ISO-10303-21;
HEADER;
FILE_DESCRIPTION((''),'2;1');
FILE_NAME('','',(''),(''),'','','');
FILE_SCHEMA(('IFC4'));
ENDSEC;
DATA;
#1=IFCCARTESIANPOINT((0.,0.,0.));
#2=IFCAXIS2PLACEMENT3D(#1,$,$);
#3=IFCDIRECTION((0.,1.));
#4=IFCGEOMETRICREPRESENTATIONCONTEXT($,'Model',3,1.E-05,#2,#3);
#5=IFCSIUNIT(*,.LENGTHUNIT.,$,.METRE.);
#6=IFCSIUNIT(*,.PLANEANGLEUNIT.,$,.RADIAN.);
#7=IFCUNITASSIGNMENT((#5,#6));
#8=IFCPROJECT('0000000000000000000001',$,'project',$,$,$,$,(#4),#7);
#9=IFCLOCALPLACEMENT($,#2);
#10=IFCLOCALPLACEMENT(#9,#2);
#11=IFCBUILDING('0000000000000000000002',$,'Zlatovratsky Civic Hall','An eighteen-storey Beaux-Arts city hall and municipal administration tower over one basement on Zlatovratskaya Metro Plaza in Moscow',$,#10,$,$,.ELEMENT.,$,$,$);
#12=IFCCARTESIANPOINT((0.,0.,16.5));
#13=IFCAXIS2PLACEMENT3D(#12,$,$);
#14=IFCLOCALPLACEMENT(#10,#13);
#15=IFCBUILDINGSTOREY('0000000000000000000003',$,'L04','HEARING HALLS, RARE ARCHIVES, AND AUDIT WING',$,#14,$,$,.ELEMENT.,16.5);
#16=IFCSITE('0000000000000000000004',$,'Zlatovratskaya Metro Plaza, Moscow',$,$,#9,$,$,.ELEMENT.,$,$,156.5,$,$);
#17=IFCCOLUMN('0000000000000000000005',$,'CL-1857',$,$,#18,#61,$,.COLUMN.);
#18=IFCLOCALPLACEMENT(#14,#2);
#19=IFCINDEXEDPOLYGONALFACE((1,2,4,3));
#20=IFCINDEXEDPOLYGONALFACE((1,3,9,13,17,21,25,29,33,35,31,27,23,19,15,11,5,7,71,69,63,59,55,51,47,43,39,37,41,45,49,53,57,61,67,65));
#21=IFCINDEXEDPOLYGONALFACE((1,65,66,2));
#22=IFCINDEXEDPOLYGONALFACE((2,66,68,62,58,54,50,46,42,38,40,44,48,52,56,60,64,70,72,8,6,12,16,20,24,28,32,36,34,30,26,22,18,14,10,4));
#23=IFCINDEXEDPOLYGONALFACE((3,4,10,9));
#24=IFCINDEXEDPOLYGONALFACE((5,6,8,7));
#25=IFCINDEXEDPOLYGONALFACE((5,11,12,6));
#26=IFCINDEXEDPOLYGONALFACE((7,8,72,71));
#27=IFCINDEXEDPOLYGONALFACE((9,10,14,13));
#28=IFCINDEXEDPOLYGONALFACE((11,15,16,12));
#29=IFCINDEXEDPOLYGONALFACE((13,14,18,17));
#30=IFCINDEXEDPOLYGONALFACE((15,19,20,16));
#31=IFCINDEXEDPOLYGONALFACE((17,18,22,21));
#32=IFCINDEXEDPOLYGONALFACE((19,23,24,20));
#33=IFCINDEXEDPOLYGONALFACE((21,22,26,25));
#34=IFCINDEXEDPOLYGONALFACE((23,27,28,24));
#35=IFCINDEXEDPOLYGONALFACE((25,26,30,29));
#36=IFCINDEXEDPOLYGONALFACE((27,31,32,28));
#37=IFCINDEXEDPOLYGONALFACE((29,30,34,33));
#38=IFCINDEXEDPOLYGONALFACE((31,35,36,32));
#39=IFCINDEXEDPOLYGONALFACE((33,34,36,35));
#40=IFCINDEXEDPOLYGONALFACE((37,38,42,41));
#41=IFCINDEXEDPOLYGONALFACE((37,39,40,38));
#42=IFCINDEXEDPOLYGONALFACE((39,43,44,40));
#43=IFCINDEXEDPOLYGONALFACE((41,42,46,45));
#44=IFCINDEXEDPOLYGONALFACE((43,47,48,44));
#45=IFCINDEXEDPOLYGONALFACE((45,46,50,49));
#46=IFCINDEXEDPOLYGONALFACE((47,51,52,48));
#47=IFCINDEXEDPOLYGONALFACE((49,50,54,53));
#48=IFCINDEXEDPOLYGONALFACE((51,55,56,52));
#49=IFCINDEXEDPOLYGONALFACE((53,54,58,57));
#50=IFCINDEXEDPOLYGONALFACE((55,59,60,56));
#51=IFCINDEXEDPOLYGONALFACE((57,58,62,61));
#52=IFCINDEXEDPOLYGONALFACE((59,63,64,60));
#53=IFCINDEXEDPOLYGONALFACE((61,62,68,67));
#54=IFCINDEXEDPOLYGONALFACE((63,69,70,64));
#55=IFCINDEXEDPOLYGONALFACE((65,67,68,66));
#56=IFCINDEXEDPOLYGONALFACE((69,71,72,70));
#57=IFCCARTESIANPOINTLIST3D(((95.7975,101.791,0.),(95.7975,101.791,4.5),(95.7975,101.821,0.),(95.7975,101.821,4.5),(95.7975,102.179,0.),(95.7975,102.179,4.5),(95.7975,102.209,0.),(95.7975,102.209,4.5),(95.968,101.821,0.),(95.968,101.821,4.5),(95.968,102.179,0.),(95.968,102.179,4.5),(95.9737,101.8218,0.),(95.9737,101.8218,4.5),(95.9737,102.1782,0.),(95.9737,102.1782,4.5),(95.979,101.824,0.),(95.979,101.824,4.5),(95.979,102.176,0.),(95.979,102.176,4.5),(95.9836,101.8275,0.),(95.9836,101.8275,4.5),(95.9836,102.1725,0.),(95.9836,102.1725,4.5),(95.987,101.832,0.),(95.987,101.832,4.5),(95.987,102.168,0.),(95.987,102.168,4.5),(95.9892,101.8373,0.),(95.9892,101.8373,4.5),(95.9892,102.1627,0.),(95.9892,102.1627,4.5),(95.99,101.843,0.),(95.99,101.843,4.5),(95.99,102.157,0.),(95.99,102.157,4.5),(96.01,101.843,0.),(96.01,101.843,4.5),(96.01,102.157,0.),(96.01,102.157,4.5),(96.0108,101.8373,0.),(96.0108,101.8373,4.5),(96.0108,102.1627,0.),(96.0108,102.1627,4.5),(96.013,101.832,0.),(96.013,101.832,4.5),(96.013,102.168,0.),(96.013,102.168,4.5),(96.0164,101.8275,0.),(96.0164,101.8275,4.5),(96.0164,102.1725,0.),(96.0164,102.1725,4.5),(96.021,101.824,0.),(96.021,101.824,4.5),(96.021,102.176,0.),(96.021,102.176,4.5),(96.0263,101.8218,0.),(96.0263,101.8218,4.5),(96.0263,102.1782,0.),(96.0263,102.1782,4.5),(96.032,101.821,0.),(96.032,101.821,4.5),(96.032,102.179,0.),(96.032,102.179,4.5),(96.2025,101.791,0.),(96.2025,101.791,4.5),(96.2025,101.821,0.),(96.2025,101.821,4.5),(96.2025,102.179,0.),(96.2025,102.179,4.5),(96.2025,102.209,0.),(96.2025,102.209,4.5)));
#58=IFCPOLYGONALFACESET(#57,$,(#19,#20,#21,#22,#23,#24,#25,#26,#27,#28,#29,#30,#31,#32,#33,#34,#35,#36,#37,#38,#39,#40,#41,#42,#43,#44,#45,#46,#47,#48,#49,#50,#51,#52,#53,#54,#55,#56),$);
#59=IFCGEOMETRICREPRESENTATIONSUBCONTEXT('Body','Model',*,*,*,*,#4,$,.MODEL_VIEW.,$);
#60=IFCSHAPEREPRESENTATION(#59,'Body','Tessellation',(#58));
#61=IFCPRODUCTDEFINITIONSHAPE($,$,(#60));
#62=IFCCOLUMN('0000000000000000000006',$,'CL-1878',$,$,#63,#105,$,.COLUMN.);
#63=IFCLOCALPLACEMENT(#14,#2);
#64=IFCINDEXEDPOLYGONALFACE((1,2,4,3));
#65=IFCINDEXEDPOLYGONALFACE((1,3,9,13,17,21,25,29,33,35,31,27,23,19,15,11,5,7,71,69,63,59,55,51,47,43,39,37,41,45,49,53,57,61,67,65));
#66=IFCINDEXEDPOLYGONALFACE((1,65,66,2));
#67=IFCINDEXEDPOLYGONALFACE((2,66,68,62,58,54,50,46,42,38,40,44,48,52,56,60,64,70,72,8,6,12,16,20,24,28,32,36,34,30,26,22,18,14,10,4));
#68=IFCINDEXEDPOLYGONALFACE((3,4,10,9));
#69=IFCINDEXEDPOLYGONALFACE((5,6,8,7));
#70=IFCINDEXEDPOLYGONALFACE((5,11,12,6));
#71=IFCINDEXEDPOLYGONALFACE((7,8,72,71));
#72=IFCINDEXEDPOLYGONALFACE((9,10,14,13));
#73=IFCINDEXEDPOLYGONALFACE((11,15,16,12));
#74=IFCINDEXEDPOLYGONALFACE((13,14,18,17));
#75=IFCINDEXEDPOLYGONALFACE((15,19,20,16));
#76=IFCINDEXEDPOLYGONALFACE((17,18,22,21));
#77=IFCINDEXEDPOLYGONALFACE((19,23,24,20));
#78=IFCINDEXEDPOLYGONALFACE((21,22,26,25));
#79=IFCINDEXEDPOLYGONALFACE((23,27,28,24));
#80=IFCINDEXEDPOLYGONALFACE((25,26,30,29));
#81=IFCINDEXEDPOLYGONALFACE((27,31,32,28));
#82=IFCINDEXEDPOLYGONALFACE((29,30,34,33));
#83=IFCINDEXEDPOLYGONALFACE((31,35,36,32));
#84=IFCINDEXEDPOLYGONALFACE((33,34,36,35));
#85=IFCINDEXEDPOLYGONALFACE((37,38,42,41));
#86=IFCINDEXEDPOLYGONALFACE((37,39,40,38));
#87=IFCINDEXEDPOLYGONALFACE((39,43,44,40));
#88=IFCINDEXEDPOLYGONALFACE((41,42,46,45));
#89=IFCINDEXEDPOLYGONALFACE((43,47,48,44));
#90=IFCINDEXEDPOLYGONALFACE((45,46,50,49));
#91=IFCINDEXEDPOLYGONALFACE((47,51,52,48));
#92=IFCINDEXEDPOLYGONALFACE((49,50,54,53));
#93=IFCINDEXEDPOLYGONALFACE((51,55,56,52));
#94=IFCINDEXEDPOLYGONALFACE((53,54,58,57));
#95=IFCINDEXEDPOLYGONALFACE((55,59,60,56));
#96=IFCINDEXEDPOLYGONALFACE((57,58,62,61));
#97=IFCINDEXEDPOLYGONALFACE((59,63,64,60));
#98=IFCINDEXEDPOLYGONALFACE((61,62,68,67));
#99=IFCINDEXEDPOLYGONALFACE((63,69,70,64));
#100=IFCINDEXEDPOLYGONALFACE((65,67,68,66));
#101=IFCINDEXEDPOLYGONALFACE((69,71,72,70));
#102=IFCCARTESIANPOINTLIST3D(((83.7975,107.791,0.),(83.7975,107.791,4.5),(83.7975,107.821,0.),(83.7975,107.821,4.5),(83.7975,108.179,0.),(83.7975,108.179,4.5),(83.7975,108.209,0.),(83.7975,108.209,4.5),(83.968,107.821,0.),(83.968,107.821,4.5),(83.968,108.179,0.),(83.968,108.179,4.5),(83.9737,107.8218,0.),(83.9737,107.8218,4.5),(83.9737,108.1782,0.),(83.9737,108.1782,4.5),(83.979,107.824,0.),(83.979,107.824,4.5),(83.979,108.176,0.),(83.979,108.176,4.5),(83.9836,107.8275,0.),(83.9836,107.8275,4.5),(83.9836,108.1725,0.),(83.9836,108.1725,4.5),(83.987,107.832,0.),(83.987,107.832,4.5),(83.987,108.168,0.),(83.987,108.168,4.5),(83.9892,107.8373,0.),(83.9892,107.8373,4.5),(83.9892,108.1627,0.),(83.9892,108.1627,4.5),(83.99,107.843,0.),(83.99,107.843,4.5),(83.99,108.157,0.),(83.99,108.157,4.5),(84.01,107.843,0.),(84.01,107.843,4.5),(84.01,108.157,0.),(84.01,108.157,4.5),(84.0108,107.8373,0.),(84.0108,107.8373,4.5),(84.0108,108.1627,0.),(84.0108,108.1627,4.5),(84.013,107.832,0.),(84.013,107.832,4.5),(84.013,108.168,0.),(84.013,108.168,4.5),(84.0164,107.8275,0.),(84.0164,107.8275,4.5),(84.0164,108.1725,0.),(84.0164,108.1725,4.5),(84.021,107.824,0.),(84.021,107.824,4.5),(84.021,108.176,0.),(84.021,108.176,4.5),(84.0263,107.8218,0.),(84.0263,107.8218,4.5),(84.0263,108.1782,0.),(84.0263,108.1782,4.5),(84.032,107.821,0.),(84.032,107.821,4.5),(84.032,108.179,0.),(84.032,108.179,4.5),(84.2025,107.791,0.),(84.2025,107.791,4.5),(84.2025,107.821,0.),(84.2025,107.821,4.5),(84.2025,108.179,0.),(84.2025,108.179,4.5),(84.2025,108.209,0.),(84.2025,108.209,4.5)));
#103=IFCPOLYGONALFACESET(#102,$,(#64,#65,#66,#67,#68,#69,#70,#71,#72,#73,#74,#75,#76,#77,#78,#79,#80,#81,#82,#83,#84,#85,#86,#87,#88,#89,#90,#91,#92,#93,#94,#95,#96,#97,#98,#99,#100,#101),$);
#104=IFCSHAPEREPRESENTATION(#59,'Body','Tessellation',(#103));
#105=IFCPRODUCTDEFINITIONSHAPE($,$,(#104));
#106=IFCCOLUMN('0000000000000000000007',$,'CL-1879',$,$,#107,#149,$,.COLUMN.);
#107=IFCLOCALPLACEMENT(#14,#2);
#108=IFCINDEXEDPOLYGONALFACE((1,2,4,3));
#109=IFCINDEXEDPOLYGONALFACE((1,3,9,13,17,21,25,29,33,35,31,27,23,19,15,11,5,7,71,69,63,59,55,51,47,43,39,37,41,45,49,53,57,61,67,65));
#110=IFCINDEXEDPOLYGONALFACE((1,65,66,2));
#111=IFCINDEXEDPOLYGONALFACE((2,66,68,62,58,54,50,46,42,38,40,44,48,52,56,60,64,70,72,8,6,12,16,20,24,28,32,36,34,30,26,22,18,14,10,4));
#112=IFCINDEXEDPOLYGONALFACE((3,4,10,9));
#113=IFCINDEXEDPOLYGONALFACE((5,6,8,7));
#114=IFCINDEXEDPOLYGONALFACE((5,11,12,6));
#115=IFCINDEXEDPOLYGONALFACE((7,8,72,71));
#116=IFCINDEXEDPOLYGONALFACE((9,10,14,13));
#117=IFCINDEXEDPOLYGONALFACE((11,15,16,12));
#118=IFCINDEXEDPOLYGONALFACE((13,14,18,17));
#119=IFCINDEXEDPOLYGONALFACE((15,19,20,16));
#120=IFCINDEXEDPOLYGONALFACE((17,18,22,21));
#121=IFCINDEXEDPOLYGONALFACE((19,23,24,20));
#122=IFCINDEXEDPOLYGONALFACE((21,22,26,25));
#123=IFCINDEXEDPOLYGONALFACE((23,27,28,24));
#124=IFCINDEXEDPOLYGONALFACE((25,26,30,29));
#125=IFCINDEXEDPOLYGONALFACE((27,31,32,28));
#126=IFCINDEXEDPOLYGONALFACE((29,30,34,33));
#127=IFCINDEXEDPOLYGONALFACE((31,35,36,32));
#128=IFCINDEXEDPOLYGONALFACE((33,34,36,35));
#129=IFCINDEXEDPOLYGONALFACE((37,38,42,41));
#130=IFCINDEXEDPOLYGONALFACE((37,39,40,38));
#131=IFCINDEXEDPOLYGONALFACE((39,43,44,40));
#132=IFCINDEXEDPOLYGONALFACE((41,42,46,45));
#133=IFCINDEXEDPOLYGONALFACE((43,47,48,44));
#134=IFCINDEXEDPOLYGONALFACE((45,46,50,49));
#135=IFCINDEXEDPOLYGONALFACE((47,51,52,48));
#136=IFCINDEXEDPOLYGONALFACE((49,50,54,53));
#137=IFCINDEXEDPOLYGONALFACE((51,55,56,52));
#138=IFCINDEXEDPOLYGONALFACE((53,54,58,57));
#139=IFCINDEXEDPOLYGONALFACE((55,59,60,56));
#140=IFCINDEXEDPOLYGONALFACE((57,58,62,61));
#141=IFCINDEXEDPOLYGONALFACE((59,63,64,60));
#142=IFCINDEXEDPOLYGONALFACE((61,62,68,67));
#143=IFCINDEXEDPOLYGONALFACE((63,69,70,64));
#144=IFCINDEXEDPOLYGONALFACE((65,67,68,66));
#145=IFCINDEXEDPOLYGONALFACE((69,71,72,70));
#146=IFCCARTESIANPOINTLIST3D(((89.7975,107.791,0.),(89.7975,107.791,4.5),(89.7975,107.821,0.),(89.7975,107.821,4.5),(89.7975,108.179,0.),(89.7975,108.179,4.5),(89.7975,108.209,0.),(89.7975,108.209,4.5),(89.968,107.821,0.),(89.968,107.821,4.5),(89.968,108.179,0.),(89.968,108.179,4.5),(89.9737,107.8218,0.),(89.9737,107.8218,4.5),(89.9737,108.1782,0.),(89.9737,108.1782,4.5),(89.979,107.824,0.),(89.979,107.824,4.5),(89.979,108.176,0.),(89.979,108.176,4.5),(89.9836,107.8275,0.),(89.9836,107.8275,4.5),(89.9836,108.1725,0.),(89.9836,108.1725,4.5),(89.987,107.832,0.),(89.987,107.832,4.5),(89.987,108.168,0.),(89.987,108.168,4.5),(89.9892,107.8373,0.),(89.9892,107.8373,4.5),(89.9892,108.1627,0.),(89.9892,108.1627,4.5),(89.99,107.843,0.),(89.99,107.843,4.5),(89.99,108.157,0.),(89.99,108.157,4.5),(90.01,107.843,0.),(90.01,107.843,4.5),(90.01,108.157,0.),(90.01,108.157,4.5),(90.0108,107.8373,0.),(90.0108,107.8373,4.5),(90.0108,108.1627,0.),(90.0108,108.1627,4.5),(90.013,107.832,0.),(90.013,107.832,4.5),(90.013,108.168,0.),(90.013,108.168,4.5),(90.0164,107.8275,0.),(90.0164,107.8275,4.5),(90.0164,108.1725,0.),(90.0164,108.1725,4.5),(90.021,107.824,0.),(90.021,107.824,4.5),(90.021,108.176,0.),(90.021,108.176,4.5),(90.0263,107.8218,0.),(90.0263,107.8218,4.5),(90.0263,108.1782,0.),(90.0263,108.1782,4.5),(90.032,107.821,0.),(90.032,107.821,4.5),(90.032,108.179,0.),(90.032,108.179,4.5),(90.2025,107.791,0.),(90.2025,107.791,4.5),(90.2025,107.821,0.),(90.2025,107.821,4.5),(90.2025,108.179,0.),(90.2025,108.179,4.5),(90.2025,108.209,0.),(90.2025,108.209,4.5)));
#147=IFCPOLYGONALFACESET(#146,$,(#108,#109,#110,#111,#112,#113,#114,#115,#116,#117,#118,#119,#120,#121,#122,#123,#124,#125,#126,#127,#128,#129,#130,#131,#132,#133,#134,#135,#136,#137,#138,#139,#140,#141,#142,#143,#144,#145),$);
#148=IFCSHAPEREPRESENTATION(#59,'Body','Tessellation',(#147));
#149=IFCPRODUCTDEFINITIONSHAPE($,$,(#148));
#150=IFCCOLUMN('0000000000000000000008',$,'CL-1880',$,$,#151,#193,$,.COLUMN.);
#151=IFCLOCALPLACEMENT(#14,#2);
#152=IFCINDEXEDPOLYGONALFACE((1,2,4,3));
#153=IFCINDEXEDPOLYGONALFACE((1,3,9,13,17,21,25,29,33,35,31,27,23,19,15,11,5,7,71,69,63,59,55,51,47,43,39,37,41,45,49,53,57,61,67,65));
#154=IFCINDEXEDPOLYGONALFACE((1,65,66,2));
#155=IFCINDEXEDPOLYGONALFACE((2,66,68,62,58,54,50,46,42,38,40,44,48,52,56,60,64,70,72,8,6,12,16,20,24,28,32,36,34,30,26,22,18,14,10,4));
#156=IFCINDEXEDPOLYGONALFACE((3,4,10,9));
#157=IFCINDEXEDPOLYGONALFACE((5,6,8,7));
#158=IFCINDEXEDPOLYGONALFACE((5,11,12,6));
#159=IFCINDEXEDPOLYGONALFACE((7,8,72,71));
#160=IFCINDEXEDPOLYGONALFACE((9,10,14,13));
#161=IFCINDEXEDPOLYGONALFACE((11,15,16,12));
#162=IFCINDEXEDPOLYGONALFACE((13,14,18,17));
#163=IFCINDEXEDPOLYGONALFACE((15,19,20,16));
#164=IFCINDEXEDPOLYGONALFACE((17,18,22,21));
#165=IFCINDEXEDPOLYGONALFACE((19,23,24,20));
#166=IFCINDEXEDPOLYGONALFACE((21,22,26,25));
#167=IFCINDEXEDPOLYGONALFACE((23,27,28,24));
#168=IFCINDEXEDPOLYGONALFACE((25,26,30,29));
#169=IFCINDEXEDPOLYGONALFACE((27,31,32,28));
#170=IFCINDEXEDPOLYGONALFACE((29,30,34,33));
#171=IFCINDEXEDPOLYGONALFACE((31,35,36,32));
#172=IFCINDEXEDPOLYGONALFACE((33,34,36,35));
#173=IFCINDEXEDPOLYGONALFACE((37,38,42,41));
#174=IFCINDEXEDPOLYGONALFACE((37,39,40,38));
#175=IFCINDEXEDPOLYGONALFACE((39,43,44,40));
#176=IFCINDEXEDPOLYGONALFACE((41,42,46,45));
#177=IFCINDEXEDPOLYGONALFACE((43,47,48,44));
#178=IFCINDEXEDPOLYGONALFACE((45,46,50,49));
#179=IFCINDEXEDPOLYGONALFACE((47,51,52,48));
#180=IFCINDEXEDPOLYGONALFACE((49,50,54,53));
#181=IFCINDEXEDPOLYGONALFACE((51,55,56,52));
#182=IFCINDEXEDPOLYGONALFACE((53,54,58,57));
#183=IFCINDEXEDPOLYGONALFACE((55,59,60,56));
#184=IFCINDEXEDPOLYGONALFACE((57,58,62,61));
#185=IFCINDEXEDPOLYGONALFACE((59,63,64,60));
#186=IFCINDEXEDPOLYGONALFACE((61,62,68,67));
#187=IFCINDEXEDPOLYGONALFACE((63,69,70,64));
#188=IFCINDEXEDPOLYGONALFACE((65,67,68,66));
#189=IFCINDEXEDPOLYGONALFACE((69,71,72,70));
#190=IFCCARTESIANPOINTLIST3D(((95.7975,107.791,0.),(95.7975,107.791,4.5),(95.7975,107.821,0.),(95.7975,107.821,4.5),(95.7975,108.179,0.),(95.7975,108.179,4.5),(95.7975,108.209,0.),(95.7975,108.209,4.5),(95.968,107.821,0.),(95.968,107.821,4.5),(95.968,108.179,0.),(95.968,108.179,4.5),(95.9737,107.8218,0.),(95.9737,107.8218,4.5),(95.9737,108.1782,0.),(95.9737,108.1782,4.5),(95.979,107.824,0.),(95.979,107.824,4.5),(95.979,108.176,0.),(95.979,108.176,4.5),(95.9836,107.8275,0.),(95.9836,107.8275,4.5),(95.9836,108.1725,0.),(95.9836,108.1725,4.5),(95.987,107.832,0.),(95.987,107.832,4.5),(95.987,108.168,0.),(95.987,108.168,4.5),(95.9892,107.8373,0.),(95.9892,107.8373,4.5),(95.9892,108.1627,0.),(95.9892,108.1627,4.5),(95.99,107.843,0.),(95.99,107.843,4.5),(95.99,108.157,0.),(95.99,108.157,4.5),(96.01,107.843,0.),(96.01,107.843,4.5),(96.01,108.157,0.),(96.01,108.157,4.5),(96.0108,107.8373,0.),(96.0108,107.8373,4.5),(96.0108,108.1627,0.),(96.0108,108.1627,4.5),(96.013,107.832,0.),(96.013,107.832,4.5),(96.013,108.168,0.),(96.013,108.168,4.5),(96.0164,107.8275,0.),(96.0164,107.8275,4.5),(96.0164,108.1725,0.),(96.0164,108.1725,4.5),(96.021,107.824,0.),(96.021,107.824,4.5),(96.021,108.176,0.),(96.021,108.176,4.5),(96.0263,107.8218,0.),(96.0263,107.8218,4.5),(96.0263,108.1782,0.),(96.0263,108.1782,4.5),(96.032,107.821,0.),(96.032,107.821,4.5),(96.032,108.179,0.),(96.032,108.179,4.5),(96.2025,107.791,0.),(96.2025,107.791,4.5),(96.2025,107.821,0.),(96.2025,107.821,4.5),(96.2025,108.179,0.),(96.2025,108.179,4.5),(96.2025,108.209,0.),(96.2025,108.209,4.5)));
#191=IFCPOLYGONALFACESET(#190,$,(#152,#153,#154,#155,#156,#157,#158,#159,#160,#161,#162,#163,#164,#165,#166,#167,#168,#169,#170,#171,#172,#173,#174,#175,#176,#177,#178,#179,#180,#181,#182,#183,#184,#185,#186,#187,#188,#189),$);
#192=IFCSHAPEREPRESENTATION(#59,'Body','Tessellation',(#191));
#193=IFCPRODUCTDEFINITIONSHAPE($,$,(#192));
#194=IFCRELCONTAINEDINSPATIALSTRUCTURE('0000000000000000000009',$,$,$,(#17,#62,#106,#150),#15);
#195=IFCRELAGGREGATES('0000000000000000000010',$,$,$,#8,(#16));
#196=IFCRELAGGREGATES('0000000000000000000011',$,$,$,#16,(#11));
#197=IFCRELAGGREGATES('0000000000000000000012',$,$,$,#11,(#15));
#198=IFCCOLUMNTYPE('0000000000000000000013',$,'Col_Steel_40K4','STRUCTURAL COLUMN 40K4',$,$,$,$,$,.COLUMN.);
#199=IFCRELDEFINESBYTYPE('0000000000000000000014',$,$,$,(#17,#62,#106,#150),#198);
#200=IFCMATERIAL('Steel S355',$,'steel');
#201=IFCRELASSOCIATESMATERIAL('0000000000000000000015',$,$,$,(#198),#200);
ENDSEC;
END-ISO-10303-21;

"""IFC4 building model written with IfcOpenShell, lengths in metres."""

from ifc_helpers import new_model, si_unit, direction, frame, origin, origin_2d, place, context, subcontext, project, spatial, i_section, extrude, material, material_profile, profile_set, type_object, element, save


model = new_model("IFC4")

# Units and contexts
model_context = context("Model", 3, precision=1e-05, world=origin(), true_north=direction((0.0, 1.0)))
body_context = subcontext(model_context, "Body", "Model", "MODEL_VIEW")
ifc_project = project(units=[si_unit("LENGTHUNIT", "METRE"), si_unit("PLANEANGLEUNIT", "RADIAN")], contexts=[model_context])

# Site, building, storey
site_placement = place(None, origin())
site = spatial("IfcSite", under=ifc_project, at=site_placement, Name="Zlatovratskaya Metro Plaza, Moscow", CompositionType="ELEMENT", RefElevation=156.5)
building_placement = place(site_placement, origin())
building = spatial("IfcBuilding", under=site, at=building_placement, Name="Zlatovratsky Civic Hall", Description="An eighteen-storey Beaux-Arts city hall and municipal administration tower over one basement on Zlatovratskaya Metro Plaza in Moscow", CompositionType="ELEMENT")
storey_placement = place(building_placement, frame((0.0, 0.0, 16.5)))
storey = spatial("IfcBuildingStorey", under=building, at=storey_placement, Name="L04", Description="HEARING HALLS, RARE ARCHIVES, AND AUDIT WING", CompositionType="ELEMENT", Elevation=16.5)

# Columns
ifc_material_1 = material(Name="Steel S355", Category="steel")
ifc_material_profile_1 = material_profile(ifc_material_1, i_section(OverallWidth=0.405, OverallDepth=0.418, WebThickness=0.02, FlangeThickness=0.03, FilletRadius=0.022, at=origin_2d()), Name="40K4")
ifc_profile_set_1 = profile_set([ifc_material_profile_1], Name="Steel S355")
column_type_1 = type_object("IfcColumnType", Name="Col_Steel_40K4", Description="STRUCTURAL COLUMN 40K4", PredefinedType="COLUMN", material=ifc_profile_set_1)
for number, where, z_axis, x_axis, name in (
    (1, (96.0, 102.0, 0.0), (0.0, 0.0, 1.0), (1.0, 0.0, 0.0), "CL-1857"),
    (2, (84.0, 108.0, 0.0), (0.0, 0.0, 1.0), (1.0, 0.0, 0.0), "CL-1878"),
    (3, (90.0, 108.0, 0.0), (0.0, 0.0, 1.0), (1.0, 0.0, 0.0), "CL-1879"),
    (4, (96.0, 108.0, 0.0), (0.0, 0.0, 1.0), (1.0, 0.0, 0.0), "CL-1880"),
):
    element("IfcColumn", number, at=place(storey_placement, frame(where, z_axis=z_axis, x_axis=x_axis)), inside=storey, type_object=column_type_1, Name=name, PredefinedType="COLUMN", context=body_context, shape_type="SweptSolid", body=[
        extrude(i_section(OverallWidth=0.405, OverallDepth=0.418, WebThickness=0.02, FlangeThickness=0.03, FilletRadius=0.022, at=origin_2d()), origin(), (0.0, 0.0, 1.0), 4.5),
    ])

save(model, "model.ifc")
